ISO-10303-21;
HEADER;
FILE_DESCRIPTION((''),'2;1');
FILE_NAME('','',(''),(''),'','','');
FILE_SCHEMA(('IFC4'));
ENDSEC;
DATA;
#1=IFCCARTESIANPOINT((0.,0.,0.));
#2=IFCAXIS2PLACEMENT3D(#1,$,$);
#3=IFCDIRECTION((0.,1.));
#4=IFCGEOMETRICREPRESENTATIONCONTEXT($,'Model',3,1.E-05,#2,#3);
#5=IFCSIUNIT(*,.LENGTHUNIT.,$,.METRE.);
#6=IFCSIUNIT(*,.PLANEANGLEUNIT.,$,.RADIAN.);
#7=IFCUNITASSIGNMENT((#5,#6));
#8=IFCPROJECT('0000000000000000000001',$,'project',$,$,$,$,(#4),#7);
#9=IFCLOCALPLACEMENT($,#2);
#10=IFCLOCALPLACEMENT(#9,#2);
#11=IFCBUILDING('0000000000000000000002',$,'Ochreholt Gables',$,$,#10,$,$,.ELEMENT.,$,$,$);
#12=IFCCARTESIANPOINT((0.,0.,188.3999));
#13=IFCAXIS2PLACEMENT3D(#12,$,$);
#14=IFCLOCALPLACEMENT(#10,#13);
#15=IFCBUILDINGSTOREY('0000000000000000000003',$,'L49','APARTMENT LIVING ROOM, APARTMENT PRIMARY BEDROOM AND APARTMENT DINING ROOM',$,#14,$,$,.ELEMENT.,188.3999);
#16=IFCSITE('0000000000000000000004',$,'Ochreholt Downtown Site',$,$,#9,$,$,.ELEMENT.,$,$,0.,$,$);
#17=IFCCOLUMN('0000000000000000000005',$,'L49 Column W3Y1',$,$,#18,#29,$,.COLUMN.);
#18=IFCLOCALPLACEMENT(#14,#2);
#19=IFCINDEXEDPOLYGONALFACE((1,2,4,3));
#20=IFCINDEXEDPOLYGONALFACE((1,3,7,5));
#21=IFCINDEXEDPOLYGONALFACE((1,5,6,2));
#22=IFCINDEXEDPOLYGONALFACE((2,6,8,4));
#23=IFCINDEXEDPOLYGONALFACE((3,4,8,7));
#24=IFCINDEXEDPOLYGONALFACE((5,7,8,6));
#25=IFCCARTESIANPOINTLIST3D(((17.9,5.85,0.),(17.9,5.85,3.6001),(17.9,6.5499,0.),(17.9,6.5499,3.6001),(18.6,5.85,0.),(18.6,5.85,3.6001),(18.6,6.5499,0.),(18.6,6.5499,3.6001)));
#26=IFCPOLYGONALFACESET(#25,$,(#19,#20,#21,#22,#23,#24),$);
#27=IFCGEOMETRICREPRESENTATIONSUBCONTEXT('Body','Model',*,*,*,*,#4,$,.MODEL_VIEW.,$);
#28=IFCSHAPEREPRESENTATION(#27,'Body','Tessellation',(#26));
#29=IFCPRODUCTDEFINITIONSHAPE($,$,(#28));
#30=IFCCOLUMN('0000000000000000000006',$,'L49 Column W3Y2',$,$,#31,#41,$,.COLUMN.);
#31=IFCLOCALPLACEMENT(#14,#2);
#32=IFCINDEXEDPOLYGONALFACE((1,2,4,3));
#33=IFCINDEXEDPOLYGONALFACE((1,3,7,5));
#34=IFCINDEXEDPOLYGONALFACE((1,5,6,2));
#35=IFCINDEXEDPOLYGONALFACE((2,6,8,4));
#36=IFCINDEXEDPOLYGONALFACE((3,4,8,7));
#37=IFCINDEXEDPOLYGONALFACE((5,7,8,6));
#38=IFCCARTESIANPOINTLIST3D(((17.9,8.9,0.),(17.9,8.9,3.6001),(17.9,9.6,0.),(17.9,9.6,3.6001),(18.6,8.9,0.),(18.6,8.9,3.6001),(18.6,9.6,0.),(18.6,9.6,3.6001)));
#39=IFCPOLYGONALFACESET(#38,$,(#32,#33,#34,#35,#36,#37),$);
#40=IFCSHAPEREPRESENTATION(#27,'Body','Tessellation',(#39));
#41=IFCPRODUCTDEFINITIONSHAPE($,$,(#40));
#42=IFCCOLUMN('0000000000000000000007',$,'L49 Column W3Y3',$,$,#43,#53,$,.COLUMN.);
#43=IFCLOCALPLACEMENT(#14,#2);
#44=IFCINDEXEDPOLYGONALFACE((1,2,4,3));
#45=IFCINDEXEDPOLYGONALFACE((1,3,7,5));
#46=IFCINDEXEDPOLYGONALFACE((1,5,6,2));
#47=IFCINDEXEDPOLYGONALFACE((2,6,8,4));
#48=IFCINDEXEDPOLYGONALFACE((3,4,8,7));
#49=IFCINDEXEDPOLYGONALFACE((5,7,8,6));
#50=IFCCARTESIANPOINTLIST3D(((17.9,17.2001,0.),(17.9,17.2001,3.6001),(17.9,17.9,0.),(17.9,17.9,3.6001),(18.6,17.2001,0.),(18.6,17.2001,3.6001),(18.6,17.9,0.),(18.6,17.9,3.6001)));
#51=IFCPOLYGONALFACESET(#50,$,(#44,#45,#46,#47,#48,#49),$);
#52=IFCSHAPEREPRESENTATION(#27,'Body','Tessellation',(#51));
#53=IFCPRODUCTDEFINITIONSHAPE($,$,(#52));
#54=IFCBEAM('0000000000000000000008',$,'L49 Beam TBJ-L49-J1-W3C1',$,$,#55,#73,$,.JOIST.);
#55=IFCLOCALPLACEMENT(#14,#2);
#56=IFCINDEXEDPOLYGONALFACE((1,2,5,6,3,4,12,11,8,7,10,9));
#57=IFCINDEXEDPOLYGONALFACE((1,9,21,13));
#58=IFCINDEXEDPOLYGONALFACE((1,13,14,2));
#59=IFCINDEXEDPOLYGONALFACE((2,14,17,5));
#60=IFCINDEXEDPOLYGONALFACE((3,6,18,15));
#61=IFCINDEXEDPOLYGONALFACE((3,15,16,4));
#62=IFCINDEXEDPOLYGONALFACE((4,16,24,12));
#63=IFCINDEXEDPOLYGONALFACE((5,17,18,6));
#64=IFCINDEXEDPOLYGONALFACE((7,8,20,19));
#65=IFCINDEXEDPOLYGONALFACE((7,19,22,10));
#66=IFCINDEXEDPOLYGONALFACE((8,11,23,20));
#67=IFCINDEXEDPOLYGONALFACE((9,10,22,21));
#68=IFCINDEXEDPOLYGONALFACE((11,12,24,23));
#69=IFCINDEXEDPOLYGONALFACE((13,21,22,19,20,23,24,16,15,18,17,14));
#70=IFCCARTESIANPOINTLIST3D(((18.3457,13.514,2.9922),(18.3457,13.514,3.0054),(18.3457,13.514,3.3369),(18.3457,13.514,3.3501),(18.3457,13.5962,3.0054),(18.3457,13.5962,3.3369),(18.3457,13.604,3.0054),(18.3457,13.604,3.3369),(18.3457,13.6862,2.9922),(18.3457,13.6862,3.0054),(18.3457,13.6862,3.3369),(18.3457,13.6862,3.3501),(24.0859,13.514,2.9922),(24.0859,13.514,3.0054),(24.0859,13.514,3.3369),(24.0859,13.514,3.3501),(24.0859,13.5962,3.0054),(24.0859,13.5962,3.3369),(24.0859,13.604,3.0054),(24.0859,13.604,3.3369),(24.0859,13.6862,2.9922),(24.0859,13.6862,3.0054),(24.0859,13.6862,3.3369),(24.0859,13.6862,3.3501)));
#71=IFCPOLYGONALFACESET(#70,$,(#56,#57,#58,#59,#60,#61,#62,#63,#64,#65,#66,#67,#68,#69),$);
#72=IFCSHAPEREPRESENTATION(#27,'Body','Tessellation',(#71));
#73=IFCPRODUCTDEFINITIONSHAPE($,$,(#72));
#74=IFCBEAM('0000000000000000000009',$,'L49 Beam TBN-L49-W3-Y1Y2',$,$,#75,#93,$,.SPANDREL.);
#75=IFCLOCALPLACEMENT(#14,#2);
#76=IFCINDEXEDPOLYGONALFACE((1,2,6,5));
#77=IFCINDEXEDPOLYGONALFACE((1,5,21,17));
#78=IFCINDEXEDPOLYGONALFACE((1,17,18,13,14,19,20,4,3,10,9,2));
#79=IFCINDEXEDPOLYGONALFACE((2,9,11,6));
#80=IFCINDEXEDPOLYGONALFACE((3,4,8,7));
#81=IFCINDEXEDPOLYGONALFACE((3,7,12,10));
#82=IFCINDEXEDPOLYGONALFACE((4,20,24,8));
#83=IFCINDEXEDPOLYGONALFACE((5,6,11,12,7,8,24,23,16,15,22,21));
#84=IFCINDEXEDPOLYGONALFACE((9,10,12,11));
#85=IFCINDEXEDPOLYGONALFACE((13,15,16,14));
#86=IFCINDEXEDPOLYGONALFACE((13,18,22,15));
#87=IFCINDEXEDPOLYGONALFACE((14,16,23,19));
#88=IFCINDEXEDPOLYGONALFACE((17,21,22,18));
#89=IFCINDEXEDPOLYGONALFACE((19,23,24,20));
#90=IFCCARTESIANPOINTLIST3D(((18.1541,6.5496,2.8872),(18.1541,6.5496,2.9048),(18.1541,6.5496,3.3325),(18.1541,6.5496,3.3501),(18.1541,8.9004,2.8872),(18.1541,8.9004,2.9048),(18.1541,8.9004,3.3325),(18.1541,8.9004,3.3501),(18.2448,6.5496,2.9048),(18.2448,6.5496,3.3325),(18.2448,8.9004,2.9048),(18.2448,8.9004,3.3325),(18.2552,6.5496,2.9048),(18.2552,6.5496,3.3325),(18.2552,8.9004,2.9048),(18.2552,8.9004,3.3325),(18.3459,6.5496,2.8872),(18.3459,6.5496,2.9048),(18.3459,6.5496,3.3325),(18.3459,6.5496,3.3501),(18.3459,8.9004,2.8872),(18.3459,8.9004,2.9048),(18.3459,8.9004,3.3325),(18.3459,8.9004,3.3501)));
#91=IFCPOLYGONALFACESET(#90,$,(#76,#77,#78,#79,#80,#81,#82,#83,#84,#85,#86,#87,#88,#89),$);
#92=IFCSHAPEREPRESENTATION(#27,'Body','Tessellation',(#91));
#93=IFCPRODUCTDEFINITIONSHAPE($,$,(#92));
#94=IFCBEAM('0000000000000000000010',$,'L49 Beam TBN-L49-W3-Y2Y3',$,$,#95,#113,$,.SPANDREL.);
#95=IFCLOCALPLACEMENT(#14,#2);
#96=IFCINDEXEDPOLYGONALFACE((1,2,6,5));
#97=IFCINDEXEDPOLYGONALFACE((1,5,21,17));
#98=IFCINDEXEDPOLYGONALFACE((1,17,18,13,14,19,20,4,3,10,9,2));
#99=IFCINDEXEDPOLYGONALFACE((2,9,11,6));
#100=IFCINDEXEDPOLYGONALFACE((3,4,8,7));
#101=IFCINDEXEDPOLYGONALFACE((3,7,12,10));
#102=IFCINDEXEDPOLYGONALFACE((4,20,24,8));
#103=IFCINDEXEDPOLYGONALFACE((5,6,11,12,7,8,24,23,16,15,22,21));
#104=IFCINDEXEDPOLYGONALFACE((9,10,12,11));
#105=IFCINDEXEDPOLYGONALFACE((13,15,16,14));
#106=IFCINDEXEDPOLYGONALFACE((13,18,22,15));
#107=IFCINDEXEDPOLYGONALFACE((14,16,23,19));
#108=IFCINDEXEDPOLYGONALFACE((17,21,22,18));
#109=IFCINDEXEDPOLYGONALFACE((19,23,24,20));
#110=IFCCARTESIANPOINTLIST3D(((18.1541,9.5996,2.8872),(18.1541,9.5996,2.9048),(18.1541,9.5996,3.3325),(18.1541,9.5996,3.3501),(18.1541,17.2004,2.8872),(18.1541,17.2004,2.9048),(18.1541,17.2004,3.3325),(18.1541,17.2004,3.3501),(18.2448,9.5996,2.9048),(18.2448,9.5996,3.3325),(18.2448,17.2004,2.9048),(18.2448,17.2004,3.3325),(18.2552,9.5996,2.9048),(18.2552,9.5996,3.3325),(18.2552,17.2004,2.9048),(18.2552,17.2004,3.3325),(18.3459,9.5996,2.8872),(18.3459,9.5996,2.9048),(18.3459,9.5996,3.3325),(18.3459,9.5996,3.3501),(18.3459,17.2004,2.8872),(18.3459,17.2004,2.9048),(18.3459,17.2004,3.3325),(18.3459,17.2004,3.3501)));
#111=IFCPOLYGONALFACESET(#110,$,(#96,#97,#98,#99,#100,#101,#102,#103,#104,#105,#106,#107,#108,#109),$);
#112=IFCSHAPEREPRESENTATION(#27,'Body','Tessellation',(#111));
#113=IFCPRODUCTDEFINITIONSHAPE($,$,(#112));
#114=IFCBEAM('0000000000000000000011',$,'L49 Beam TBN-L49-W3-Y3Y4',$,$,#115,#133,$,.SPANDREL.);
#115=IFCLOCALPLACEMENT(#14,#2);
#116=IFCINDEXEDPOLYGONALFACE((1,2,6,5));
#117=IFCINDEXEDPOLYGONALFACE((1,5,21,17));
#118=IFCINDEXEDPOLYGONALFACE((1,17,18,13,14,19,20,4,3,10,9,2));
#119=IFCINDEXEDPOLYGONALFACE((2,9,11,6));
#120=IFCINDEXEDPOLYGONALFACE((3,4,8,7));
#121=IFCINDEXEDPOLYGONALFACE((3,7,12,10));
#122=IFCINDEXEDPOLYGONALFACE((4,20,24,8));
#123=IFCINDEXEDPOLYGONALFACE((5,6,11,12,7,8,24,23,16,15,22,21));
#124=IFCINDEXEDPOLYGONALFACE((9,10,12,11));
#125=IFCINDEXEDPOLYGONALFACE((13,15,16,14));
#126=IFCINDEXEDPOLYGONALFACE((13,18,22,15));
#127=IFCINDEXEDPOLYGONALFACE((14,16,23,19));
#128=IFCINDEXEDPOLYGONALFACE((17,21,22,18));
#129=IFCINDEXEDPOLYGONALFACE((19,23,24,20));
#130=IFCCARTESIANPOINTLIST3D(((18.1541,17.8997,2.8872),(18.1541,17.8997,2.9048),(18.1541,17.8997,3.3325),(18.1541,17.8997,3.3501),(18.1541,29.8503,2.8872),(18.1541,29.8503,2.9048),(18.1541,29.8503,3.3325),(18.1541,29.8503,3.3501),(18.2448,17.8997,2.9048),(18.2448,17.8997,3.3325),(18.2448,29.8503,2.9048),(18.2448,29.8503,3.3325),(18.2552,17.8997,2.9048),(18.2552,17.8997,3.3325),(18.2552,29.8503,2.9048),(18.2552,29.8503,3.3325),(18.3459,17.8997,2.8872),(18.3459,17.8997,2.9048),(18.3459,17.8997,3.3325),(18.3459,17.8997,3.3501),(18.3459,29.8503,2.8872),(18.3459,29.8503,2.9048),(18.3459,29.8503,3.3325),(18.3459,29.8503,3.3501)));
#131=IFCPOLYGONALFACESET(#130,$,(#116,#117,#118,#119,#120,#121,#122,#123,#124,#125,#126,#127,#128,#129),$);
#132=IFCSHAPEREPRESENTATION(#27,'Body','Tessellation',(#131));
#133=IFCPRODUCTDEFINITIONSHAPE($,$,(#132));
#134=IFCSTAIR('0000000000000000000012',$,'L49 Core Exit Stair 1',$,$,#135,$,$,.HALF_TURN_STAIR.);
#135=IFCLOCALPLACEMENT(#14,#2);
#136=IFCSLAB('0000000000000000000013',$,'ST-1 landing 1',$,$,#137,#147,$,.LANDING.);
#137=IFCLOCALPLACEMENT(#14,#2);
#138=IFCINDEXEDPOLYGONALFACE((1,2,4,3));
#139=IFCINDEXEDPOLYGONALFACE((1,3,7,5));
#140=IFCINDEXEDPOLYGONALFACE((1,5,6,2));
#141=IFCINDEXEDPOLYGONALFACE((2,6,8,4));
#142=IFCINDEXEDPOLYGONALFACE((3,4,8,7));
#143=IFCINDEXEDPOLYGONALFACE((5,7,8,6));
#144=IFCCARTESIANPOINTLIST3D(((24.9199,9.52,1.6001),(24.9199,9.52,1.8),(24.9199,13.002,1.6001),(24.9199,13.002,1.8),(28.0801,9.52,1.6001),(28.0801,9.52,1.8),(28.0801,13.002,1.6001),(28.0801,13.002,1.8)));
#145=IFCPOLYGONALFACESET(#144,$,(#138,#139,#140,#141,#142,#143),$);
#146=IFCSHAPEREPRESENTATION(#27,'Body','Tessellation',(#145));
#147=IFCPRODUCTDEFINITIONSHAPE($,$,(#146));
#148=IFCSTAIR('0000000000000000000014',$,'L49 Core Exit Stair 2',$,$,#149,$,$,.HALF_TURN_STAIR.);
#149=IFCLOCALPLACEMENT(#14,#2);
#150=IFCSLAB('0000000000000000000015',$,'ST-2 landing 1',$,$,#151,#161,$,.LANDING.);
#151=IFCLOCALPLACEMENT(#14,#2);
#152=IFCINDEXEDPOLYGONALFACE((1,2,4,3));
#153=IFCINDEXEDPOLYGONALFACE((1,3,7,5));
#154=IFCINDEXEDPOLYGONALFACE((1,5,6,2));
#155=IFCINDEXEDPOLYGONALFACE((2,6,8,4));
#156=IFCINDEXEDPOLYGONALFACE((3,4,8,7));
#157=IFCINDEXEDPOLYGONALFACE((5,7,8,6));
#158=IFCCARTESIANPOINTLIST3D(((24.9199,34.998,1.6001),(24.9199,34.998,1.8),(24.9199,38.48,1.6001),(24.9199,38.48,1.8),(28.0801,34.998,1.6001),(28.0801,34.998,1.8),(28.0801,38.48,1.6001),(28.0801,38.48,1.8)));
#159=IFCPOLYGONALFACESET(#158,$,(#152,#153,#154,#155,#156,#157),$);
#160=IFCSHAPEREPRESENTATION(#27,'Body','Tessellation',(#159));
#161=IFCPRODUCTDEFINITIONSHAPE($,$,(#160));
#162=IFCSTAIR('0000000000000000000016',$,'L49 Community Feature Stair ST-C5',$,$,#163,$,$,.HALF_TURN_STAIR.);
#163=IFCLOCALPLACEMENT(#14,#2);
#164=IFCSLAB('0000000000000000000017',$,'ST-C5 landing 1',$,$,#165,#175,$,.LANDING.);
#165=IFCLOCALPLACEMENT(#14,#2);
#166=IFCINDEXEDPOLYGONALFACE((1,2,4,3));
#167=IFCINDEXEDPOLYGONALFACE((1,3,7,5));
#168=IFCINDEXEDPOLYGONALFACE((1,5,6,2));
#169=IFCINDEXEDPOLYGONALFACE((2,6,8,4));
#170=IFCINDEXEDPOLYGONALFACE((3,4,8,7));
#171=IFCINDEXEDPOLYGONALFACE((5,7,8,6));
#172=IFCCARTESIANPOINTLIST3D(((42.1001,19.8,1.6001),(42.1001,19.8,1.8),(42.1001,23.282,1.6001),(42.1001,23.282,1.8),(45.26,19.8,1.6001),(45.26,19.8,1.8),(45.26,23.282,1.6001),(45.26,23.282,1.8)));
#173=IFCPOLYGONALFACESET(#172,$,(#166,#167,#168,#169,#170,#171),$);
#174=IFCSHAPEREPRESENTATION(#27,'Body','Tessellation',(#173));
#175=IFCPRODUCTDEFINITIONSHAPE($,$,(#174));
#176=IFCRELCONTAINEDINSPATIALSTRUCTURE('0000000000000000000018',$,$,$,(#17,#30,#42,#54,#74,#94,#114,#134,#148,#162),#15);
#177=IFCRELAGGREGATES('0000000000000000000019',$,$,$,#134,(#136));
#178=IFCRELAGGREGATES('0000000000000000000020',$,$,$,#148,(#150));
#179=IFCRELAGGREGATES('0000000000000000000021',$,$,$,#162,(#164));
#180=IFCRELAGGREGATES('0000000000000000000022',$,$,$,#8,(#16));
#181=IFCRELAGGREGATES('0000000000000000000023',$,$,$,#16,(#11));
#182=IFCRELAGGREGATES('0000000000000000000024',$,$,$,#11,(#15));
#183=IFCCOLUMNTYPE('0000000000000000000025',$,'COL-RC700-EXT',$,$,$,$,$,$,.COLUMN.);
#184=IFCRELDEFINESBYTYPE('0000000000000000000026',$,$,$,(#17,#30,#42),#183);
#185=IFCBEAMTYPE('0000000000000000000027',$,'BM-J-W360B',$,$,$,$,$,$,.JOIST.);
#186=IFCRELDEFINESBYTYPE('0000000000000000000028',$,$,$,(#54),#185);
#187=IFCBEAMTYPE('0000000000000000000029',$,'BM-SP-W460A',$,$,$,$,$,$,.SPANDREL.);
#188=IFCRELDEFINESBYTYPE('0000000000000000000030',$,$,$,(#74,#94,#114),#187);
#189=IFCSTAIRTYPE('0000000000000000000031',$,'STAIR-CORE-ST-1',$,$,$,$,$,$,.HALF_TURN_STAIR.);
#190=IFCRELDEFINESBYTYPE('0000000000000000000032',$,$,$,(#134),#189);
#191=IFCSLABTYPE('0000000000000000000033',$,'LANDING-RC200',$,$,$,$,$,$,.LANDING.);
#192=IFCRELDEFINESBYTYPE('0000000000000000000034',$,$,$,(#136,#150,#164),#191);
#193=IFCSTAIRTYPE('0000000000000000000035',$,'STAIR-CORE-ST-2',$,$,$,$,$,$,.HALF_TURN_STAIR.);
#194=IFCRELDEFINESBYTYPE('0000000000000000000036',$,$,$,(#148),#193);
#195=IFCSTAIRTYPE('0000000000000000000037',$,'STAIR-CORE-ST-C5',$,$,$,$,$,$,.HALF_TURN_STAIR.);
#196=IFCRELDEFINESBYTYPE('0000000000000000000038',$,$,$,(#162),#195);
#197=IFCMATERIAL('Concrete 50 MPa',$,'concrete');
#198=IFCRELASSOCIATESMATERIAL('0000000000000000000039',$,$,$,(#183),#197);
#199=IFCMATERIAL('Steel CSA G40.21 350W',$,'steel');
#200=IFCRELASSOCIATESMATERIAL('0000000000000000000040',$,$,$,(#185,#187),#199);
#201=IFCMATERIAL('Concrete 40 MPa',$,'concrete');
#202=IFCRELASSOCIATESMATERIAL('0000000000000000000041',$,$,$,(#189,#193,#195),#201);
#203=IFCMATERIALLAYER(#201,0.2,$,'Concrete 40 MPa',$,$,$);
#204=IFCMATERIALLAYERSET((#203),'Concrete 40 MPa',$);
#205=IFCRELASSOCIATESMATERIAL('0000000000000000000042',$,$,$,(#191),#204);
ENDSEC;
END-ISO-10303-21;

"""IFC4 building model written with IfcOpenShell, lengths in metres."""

from ifc_helpers import new_model, si_unit, direction, frame, origin, origin_2d, place, context, subcontext, project, spatial, polyline, rectangle, i_section, outline, extrude, material, layer, layer_set, material_profile, profile_set, type_object, element, aggregate, save


model = new_model("IFC4")

# Units and contexts
model_context = context("Model", 3, precision=1e-05, world=origin(), true_north=direction((0.0, 1.0)))
body_context = subcontext(model_context, "Body", "Model", "MODEL_VIEW")
ifc_project = project(units=[si_unit("LENGTHUNIT", "METRE"), si_unit("PLANEANGLEUNIT", "RADIAN")], contexts=[model_context])

# Site, building, storey
site_placement = place(None, origin())
site = spatial("IfcSite", under=ifc_project, at=site_placement, Name="Ochreholt Downtown Site", CompositionType="ELEMENT", RefElevation=0.0)
building_placement = place(site_placement, origin())
building = spatial("IfcBuilding", under=site, at=building_placement, Name="Ochreholt Gables", CompositionType="ELEMENT")
storey_placement = place(building_placement, frame((0.0, 0.0, 188.3999)))
storey = spatial("IfcBuildingStorey", under=building, at=storey_placement, Name="L49", Description="APARTMENT LIVING ROOM, APARTMENT PRIMARY BEDROOM AND APARTMENT DINING ROOM", CompositionType="ELEMENT", Elevation=188.3999)

# Columns
ifc_material_1 = material(Name="Concrete 50 MPa", Category="concrete")
ifc_material_profile_1 = material_profile(ifc_material_1, rectangle(XDim=0.7, YDim=0.7, at=origin_2d()), Name="RC700X700")
ifc_profile_set_1 = profile_set([ifc_material_profile_1], Name="Concrete 50 MPa")
column_type = type_object("IfcColumnType", Name="COL-RC700-EXT", PredefinedType="COLUMN", material=ifc_profile_set_1)
for number, where, z_axis, x_axis, name in (
    (1, (18.25, 6.2, 0.0), (0.0, 0.0, 1.0), (1.0, 0.0, 0.0), "L49 Column W3Y1"),
    (2, (18.25, 9.25, 0.0), (0.0, 0.0, 1.0), (1.0, 0.0, 0.0), "L49 Column W3Y2"),
    (3, (18.25, 17.55, 0.0), (0.0, 0.0, 1.0), (1.0, 0.0, 0.0), "L49 Column W3Y3"),
):
    element("IfcColumn", number, at=place(storey_placement, frame(where, z_axis=z_axis, x_axis=x_axis)), inside=storey, type_object=column_type, Name=name, PredefinedType="COLUMN", context=body_context, shape_type="SweptSolid", body=[
        extrude(rectangle(XDim=0.7, YDim=0.7, at=origin_2d()), origin(), (0.0, 0.0, 1.0), 3.6001),
    ])

# Beams
ifc_material_2 = material(Name="Steel CSA G40.21 350W", Category="steel")
ifc_material_profile_2 = material_profile(ifc_material_2, i_section(OverallWidth=0.1721, OverallDepth=0.3579, WebThickness=0.0078, FlangeThickness=0.0132, at=origin_2d()), Name="W360X57")
ifc_profile_set_2 = profile_set([ifc_material_profile_2], Name="Steel CSA G40.21 350W")
beam_type_1 = type_object("IfcBeamType", Name="BM-J-W360B", PredefinedType="JOIST", material=ifc_profile_set_2)
beam_1_placement = place(storey_placement, frame((18.3457, 13.6001, 3.1711), z_axis=(1.0, 0.0, 0.0), x_axis=(0.0, 1.0, 0.0)))
element("IfcBeam", 4, at=beam_1_placement, inside=storey, type_object=beam_type_1, Name="L49 Beam TBJ-L49-J1-W3C1", PredefinedType="JOIST", context=body_context, shape_type="SweptSolid", body=[
    extrude(i_section(OverallWidth=0.1721, OverallDepth=0.3579, WebThickness=0.0078, FlangeThickness=0.0132, at=origin_2d()), origin(), (0.0, 0.0, 1.0), 5.7402),
])
ifc_material_profile_3 = material_profile(ifc_material_2, i_section(OverallWidth=0.1919, OverallDepth=0.4629, WebThickness=0.0105, FlangeThickness=0.0176, at=origin_2d()), Name="W460X89")
ifc_profile_set_3 = profile_set([ifc_material_profile_3], Name="Steel CSA G40.21 350W")
beam_type_2 = type_object("IfcBeamType", Name="BM-SP-W460A", PredefinedType="SPANDREL", material=ifc_profile_set_3)
beam_2_placement = place(storey_placement, frame((18.25, 6.5496, 3.1187), z_axis=(0.0, 1.0, 0.0), x_axis=(-1.0, 0.0, 0.0)))
element("IfcBeam", 5, at=beam_2_placement, inside=storey, type_object=beam_type_2, Name="L49 Beam TBN-L49-W3-Y1Y2", PredefinedType="SPANDREL", context=body_context, shape_type="SweptSolid", body=[
    extrude(i_section(OverallWidth=0.1919, OverallDepth=0.4629, WebThickness=0.0105, FlangeThickness=0.0176, at=origin_2d()), origin(), (0.0, 0.0, 1.0), 2.3508),
])
beam_3_placement = place(storey_placement, frame((18.25, 9.5996, 3.1187), z_axis=(0.0, 1.0, 0.0), x_axis=(-1.0, 0.0, 0.0)))
element("IfcBeam", 6, at=beam_3_placement, inside=storey, type_object=beam_type_2, Name="L49 Beam TBN-L49-W3-Y2Y3", PredefinedType="SPANDREL", context=body_context, shape_type="SweptSolid", body=[
    extrude(i_section(OverallWidth=0.1919, OverallDepth=0.4629, WebThickness=0.0105, FlangeThickness=0.0176, at=origin_2d()), origin(), (0.0, 0.0, 1.0), 7.6008),
])
beam_4_placement = place(storey_placement, frame((18.25, 17.8997, 3.1187), z_axis=(0.0, 1.0, 0.0), x_axis=(-1.0, 0.0, 0.0)))
element("IfcBeam", 7, at=beam_4_placement, inside=storey, type_object=beam_type_2, Name="L49 Beam TBN-L49-W3-Y3Y4", PredefinedType="SPANDREL", context=body_context, shape_type="SweptSolid", body=[
    extrude(i_section(OverallWidth=0.1919, OverallDepth=0.4629, WebThickness=0.0105, FlangeThickness=0.0176, at=origin_2d()), origin(), (0.0, 0.0, 1.0), 11.9507),
])

# Stairs, slabs
ifc_material_3 = material(Name="Concrete 40 MPa", Category="concrete")
stair_type_1 = type_object("IfcStairType", Name="STAIR-CORE-ST-1", PredefinedType="HALF_TURN_STAIR", material=ifc_material_3)
stair_1_placement = place(storey_placement, origin())
stair_1 = element("IfcStair", 8, at=stair_1_placement, inside=storey, type_object=stair_type_1, Name="L49 Core Exit Stair 1", PredefinedType="HALF_TURN_STAIR")
ifc_layer_1 = layer(ifc_material_3, 0.2, Name="Concrete 40 MPa")
ifc_layer_set_1 = layer_set([ifc_layer_1], Name="Concrete 40 MPa")
slab_type_1 = type_object("IfcSlabType", Name="LANDING-RC200", PredefinedType="LANDING", material=ifc_layer_set_1)
slab_1_placement = place(storey_placement, frame((0.0, 0.0, 1.6001)))
slab_1 = element("IfcSlab", 9, at=slab_1_placement, type_object=slab_type_1, Name="ST-1 landing 1", PredefinedType="LANDING", context=body_context, shape_type="SweptSolid", body=[
    extrude(outline(polyline([(24.9199, 13.002), (24.9199, 9.52), (28.0801, 9.52), (28.0801, 13.002), (24.9199, 13.002)])), origin(), (0.0, 0.0, 1.0), 0.2),
])
aggregate(stair_1, [slab_1])
stair_type_2 = type_object("IfcStairType", Name="STAIR-CORE-ST-2", PredefinedType="HALF_TURN_STAIR", material=ifc_material_3)
stair_2_placement = place(storey_placement, origin())
stair_2 = element("IfcStair", 10, at=stair_2_placement, inside=storey, type_object=stair_type_2, Name="L49 Core Exit Stair 2", PredefinedType="HALF_TURN_STAIR")
slab_2_placement = place(storey_placement, frame((0.0, 0.0, 1.6001)))
slab_2 = element("IfcSlab", 11, at=slab_2_placement, type_object=slab_type_1, Name="ST-2 landing 1", PredefinedType="LANDING", context=body_context, shape_type="SweptSolid", body=[
    extrude(outline(polyline([(28.0801, 34.998), (28.0801, 38.48), (24.9199, 38.48), (24.9199, 34.998), (28.0801, 34.998)])), origin(), (0.0, 0.0, 1.0), 0.2),
])
aggregate(stair_2, [slab_2])
stair_type_3 = type_object("IfcStairType", Name="STAIR-CORE-ST-C5", PredefinedType="HALF_TURN_STAIR", material=ifc_material_3)
stair_3_placement = place(storey_placement, origin())
stair_3 = element("IfcStair", 12, at=stair_3_placement, inside=storey, type_object=stair_type_3, Name="L49 Community Feature Stair ST-C5", PredefinedType="HALF_TURN_STAIR")
slab_3_placement = place(storey_placement, frame((0.0, 0.0, 1.6001)))
slab_3 = element("IfcSlab", 13, at=slab_3_placement, type_object=slab_type_1, Name="ST-C5 landing 1", PredefinedType="LANDING", context=body_context, shape_type="SweptSolid", body=[
    extrude(outline(polyline([(42.1001, 23.282), (42.1001, 19.8), (45.26, 19.8), (45.26, 23.282), (42.1001, 23.282)])), origin(), (0.0, 0.0, 1.0), 0.2),
])
aggregate(stair_3, [slab_3])

save(model, "model.ifc")
